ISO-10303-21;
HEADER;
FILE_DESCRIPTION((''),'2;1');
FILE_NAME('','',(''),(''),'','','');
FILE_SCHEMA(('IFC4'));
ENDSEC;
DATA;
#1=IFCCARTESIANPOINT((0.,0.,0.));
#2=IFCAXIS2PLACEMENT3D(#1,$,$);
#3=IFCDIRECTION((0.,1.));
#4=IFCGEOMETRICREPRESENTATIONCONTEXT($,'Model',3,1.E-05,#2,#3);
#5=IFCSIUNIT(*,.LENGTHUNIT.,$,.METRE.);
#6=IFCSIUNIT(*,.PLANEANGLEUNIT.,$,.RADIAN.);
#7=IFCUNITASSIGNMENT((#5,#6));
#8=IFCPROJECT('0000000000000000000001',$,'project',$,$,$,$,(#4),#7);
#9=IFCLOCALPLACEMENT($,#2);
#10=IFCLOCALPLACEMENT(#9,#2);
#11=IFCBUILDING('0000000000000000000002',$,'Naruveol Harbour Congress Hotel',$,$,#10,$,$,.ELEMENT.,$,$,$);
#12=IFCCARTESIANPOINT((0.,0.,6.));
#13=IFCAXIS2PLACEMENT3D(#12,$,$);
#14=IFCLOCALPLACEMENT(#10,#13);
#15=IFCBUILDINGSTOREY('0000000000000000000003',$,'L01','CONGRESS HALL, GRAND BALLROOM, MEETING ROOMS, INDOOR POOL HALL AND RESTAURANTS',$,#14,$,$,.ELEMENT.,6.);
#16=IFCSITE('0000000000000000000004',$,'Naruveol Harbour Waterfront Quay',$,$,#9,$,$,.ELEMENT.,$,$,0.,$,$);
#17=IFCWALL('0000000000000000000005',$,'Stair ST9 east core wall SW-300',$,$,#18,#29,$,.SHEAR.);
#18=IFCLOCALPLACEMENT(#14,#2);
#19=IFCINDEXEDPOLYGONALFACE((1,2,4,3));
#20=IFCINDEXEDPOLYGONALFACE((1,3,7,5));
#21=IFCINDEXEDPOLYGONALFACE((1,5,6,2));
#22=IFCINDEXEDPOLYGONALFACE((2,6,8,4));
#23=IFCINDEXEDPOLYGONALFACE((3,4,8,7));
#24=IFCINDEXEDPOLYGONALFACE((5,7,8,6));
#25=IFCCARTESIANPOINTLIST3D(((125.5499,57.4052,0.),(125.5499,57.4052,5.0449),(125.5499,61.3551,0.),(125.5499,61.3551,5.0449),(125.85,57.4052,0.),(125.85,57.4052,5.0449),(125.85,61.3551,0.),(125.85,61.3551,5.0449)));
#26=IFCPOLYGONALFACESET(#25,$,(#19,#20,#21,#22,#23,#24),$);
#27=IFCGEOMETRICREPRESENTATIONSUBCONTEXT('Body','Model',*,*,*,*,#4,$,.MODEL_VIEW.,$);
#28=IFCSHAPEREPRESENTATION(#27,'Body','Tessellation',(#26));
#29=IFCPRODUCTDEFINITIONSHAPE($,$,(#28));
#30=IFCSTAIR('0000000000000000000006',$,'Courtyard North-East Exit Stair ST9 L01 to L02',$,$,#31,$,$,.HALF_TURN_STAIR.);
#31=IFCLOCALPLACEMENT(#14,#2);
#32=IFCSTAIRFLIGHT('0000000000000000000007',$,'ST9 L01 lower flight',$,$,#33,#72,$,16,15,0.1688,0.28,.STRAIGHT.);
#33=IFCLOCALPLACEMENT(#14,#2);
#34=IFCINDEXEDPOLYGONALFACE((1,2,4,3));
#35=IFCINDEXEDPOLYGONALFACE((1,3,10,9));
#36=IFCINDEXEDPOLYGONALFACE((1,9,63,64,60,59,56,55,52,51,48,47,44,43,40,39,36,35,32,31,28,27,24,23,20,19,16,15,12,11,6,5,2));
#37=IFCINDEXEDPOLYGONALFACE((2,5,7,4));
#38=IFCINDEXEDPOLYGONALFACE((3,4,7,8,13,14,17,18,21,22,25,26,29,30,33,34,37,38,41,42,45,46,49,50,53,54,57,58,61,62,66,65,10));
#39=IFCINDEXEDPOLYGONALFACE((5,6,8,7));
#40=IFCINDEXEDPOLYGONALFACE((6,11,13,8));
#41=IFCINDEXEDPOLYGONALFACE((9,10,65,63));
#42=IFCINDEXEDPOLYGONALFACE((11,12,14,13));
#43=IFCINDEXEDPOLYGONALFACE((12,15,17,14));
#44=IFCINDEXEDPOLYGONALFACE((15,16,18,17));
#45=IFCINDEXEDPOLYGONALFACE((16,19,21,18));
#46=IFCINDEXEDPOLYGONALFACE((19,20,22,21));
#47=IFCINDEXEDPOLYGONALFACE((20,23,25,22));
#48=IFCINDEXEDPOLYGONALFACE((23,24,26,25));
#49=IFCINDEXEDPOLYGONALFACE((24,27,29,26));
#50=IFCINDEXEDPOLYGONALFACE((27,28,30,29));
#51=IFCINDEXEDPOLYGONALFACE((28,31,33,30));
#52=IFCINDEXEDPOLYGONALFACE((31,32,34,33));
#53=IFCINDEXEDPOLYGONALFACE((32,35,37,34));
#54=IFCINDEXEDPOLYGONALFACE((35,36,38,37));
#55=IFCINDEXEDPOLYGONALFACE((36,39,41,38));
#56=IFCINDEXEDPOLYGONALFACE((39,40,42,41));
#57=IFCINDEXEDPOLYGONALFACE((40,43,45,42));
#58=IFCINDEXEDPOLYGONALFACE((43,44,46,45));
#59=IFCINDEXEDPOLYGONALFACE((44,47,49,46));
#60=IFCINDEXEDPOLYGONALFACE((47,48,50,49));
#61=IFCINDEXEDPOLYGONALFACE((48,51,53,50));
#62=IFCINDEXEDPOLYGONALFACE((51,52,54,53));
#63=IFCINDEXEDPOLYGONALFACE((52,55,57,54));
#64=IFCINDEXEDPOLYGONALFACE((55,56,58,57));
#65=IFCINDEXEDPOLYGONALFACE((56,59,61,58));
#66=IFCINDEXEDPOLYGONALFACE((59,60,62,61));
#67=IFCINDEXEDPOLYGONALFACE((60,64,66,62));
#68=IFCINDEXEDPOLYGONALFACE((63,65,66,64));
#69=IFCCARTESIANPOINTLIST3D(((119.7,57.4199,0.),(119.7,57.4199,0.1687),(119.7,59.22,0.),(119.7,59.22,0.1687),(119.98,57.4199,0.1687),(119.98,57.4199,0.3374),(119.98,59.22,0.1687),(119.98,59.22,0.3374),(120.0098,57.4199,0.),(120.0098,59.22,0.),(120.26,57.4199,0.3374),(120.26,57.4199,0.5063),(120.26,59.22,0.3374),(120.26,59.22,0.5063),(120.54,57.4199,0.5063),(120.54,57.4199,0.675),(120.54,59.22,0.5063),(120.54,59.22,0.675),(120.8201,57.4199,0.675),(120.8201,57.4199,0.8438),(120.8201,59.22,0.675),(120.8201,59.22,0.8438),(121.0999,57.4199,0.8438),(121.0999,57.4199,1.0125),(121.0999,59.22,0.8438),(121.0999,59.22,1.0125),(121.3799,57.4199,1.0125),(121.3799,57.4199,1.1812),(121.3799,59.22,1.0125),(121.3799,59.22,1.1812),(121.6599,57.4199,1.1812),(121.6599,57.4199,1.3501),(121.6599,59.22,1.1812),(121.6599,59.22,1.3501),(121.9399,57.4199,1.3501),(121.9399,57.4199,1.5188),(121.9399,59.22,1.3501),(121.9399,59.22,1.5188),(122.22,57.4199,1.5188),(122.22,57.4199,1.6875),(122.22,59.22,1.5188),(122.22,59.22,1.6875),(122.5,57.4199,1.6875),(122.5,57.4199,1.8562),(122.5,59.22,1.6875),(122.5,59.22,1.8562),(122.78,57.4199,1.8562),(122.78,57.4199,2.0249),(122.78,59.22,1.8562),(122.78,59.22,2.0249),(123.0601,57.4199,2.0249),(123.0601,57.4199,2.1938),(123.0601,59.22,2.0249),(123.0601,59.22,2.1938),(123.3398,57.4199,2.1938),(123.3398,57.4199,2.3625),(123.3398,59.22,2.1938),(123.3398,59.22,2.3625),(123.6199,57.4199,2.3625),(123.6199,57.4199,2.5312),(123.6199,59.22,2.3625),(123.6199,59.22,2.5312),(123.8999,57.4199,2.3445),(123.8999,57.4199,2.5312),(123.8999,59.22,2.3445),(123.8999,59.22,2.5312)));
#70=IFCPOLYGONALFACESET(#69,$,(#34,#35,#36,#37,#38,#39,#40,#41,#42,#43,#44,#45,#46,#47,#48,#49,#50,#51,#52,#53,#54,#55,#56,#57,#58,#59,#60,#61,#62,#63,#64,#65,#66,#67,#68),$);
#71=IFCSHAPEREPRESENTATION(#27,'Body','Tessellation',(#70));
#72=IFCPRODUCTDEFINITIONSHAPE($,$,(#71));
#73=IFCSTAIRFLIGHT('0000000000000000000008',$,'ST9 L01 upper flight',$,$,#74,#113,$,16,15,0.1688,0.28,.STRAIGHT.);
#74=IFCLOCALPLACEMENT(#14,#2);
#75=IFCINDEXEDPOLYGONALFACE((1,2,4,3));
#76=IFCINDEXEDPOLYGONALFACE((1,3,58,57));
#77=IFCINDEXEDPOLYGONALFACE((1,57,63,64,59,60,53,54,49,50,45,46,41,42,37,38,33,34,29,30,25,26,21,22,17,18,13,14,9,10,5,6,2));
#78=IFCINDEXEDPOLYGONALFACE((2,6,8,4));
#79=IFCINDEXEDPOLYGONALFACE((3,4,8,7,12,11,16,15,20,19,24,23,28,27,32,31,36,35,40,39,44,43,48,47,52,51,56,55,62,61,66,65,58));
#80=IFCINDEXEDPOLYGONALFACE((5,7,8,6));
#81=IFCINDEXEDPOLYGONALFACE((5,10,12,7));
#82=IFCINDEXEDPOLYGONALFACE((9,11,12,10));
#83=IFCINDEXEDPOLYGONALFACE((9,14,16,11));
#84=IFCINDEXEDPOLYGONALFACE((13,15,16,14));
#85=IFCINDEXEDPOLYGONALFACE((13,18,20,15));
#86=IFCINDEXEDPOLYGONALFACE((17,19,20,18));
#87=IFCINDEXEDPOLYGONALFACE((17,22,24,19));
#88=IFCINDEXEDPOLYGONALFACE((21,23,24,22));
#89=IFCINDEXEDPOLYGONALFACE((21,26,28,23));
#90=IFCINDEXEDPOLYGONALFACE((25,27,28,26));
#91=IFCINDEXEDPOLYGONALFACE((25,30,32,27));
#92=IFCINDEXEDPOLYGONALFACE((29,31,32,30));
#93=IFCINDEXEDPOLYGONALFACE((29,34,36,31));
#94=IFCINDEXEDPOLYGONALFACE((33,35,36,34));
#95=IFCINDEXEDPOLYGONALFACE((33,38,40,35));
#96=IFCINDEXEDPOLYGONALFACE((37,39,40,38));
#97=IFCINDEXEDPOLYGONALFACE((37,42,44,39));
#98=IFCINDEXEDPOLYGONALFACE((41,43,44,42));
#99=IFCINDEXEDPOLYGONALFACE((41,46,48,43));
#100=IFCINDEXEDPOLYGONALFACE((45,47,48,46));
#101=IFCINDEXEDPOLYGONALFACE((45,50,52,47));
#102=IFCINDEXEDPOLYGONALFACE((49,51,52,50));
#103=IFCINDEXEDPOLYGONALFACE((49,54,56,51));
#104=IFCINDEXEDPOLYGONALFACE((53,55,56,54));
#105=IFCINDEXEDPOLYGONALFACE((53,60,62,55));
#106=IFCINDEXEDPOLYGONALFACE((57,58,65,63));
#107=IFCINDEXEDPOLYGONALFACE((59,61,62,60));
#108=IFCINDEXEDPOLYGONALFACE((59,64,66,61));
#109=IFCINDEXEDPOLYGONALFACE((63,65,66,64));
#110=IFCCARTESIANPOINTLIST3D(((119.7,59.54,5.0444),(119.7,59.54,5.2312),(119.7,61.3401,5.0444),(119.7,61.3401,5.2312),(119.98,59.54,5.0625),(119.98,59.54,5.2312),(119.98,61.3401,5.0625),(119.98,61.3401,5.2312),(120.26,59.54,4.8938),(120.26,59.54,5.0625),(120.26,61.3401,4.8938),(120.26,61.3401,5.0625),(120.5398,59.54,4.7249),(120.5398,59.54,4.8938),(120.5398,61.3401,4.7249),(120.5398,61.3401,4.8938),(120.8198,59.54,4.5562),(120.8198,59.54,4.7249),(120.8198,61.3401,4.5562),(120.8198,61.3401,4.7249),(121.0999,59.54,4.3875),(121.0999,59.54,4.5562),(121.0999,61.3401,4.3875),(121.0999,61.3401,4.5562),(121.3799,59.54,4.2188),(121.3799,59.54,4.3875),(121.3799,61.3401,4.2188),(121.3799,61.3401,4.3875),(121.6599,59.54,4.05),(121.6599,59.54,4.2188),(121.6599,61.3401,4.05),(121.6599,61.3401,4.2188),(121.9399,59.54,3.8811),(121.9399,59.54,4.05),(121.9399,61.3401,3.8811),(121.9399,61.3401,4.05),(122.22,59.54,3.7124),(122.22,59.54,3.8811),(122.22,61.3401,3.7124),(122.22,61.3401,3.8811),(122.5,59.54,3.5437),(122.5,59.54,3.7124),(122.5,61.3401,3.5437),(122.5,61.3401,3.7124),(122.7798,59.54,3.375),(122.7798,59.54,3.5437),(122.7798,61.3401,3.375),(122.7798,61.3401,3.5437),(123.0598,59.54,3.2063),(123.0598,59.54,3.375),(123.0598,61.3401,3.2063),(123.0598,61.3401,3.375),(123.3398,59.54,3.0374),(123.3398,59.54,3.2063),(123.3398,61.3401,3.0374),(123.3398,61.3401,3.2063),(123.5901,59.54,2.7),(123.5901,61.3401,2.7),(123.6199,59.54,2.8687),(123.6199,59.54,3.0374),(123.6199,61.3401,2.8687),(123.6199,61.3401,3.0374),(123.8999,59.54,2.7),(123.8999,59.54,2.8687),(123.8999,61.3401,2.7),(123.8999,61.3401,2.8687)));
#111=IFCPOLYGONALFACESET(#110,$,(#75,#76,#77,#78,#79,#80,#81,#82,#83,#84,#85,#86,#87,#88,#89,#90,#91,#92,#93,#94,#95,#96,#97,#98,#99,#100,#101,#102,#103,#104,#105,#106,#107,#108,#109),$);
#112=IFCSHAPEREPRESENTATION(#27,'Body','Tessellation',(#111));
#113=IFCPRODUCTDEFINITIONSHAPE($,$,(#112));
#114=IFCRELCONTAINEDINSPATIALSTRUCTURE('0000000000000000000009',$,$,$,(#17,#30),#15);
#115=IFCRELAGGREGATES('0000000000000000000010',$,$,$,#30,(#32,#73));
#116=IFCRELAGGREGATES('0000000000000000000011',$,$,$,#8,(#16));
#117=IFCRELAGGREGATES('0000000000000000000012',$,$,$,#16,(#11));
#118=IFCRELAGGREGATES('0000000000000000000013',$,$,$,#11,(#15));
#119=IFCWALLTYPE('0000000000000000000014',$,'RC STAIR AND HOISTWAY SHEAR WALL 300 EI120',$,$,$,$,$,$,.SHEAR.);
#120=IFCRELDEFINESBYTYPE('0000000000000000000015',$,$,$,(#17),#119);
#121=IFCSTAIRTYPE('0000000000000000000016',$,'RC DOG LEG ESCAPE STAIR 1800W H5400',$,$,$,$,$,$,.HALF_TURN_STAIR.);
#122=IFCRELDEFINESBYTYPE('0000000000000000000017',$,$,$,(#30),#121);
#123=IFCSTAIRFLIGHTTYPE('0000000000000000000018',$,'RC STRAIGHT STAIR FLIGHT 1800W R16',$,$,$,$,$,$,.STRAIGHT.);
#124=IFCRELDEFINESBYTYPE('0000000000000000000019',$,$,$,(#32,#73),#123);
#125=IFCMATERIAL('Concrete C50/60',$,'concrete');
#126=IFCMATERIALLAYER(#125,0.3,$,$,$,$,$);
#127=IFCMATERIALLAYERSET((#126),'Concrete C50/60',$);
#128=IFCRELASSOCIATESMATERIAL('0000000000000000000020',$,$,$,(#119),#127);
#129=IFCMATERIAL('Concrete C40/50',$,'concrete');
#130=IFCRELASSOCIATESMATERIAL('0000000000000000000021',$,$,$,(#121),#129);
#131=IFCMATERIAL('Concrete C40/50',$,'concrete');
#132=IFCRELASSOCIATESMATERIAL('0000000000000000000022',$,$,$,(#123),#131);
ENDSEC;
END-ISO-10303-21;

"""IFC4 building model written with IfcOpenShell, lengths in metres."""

from ifc_helpers import new_model, si_unit, direction, frame, frame_2d, origin, place, context, subcontext, project, spatial, polyline, rectangle, outline, extrude, material, layer, layer_set, type_object, element, aggregate, save


model = new_model("IFC4")

# Units and contexts
model_context = context("Model", 3, precision=1e-05, world=origin(), true_north=direction((0.0, 1.0)))
body_context = subcontext(model_context, "Body", "Model", "MODEL_VIEW")
ifc_project = project(units=[si_unit("LENGTHUNIT", "METRE"), si_unit("PLANEANGLEUNIT", "RADIAN")], contexts=[model_context])

# Site, building, storey
site_placement = place(None, origin())
site = spatial("IfcSite", under=ifc_project, at=site_placement, Name="Naruveol Harbour Waterfront Quay", CompositionType="ELEMENT", RefElevation=0.0)
building_placement = place(site_placement, origin())
building = spatial("IfcBuilding", under=site, at=building_placement, Name="Naruveol Harbour Congress Hotel", CompositionType="ELEMENT")
storey_placement = place(building_placement, frame((0.0, 0.0, 6.0)))
storey = spatial("IfcBuildingStorey", under=building, at=storey_placement, Name="L01", Description="CONGRESS HALL, GRAND BALLROOM, MEETING ROOMS, INDOOR POOL HALL AND RESTAURANTS", CompositionType="ELEMENT", Elevation=6.0)

# Wall
ifc_material_1 = material(Name="Concrete C50/60", Category="concrete")
ifc_layer_1 = layer(ifc_material_1, 0.3)
ifc_layer_set_1 = layer_set([ifc_layer_1], Name="Concrete C50/60")
wall_type_1 = type_object("IfcWallType", Name="RC STAIR AND HOISTWAY SHEAR WALL 300 EI120", PredefinedType="SHEAR", material=ifc_layer_set_1)
wall_1_placement = place(storey_placement, frame((125.7, 57.405, 0.0), z_axis=(0.0, 0.0, 1.0), x_axis=(0.0, 1.0, 0.0)))
element("IfcWall", 1, at=wall_1_placement, inside=storey, type_object=wall_type_1, Name="Stair ST9 east core wall SW-300", PredefinedType="SHEAR", context=body_context, shape_type="SweptSolid", body=[
    extrude(rectangle(XDim=3.95, YDim=0.3, at=frame_2d((1.9751, 0.0))), origin(), (0.0, 0.0, 1.0), 5.0449),
])

# Stair, stair flights
ifc_material_2 = material(Name="Concrete C40/50", Category="concrete")
stair_type = type_object("IfcStairType", Name="RC DOG LEG ESCAPE STAIR 1800W H5400", PredefinedType="HALF_TURN_STAIR", material=ifc_material_2)
stair_placement = place(storey_placement, origin())
stair = element("IfcStair", 2, at=stair_placement, inside=storey, type_object=stair_type, Name="Courtyard North-East Exit Stair ST9 L01 to L02", PredefinedType="HALF_TURN_STAIR")
ifc_material_3 = material(Name="Concrete C40/50", Category="concrete")
stair_flight_type = type_object("IfcStairFlightType", Name="RC STRAIGHT STAIR FLIGHT 1800W R16", PredefinedType="STRAIGHT", material=ifc_material_3)
stair_flight_1_placement = place(storey_placement, frame((119.7, 58.3201, 0.0), z_axis=(0.0, 0.0, 1.0), x_axis=(1.0, 0.0, 0.0)))
stair_flight_1 = element("IfcStairFlight", 3, at=stair_flight_1_placement, type_object=stair_flight_type, Name="ST9 L01 lower flight", NumberOfRisers=16, NumberOfTreads=15, PredefinedType="STRAIGHT", RiserHeight=0.1688, TreadLength=0.28, context=body_context, shape_type="SweptSolid", body=[
    extrude(outline(polyline([(0.0, 0.0), (0.0, 0.1687), (0.28, 0.1687), (0.28, 0.3374), (0.5601, 0.3374), (0.5601, 0.5063), (0.8401, 0.5063), (0.8401, 0.675), (1.1201, 0.675), (1.1201, 0.8438), (1.3999, 0.8438), (1.3999, 1.0125), (1.6799, 1.0125), (1.6799, 1.1812), (1.96, 1.1812), (1.96, 1.3501), (2.24, 1.3501), (2.24, 1.5188), (2.52, 1.5188), (2.52, 1.6875), (2.8, 1.6875), (2.8, 1.8562), (3.0801, 1.8562), (3.0801, 2.0249), (3.3601, 2.0249), (3.3601, 2.1938), (3.6399, 2.1938), (3.6399, 2.3625), (3.9199, 2.3625), (3.9199, 2.5312), (4.2, 2.5312), (4.2, 2.7), (4.2, 2.3445), (0.3098, 0.0), (0.0, 0.0)])), frame((0.0, 0.8999, 0.0), z_axis=(0.0, -1.0, 0.0), x_axis=(1.0, 0.0, 0.0)), (0.0, 0.0, 1.0), 1.8),
])
stair_flight_2_placement = place(storey_placement, frame((123.8999, 60.4399, 2.7), z_axis=(0.0, 0.0, 1.0), x_axis=(-1.0, 0.0, 0.0)))
stair_flight_2 = element("IfcStairFlight", 4, at=stair_flight_2_placement, type_object=stair_flight_type, Name="ST9 L01 upper flight", NumberOfRisers=16, NumberOfTreads=15, PredefinedType="STRAIGHT", RiserHeight=0.1688, TreadLength=0.28, context=body_context, shape_type="SweptSolid", body=[
    extrude(outline(polyline([(0.0, 0.0), (0.0, 0.1687), (0.28, 0.1687), (0.28, 0.3374), (0.5601, 0.3374), (0.5601, 0.5063), (0.8401, 0.5063), (0.8401, 0.675), (1.1201, 0.675), (1.1201, 0.8438), (1.3999, 0.8438), (1.3999, 1.0125), (1.6799, 1.0125), (1.6799, 1.1812), (1.96, 1.1812), (1.96, 1.3501), (2.24, 1.3501), (2.24, 1.5188), (2.52, 1.5188), (2.52, 1.6875), (2.8, 1.6875), (2.8, 1.8562), (3.0801, 1.8562), (3.0801, 2.0249), (3.3601, 2.0249), (3.3601, 2.1938), (3.6399, 2.1938), (3.6399, 2.3625), (3.9199, 2.3625), (3.9199, 2.5312), (4.2, 2.5312), (4.2, 2.7), (4.2, 2.3445), (0.3098, 0.0), (0.0, 0.0)])), frame((0.0, 0.8999, 0.0), z_axis=(0.0, -1.0, 0.0), x_axis=(1.0, 0.0, 0.0)), (0.0, 0.0, 1.0), 1.8),
])
aggregate(stair, [stair_flight_1, stair_flight_2])

save(model, "model.ifc")
